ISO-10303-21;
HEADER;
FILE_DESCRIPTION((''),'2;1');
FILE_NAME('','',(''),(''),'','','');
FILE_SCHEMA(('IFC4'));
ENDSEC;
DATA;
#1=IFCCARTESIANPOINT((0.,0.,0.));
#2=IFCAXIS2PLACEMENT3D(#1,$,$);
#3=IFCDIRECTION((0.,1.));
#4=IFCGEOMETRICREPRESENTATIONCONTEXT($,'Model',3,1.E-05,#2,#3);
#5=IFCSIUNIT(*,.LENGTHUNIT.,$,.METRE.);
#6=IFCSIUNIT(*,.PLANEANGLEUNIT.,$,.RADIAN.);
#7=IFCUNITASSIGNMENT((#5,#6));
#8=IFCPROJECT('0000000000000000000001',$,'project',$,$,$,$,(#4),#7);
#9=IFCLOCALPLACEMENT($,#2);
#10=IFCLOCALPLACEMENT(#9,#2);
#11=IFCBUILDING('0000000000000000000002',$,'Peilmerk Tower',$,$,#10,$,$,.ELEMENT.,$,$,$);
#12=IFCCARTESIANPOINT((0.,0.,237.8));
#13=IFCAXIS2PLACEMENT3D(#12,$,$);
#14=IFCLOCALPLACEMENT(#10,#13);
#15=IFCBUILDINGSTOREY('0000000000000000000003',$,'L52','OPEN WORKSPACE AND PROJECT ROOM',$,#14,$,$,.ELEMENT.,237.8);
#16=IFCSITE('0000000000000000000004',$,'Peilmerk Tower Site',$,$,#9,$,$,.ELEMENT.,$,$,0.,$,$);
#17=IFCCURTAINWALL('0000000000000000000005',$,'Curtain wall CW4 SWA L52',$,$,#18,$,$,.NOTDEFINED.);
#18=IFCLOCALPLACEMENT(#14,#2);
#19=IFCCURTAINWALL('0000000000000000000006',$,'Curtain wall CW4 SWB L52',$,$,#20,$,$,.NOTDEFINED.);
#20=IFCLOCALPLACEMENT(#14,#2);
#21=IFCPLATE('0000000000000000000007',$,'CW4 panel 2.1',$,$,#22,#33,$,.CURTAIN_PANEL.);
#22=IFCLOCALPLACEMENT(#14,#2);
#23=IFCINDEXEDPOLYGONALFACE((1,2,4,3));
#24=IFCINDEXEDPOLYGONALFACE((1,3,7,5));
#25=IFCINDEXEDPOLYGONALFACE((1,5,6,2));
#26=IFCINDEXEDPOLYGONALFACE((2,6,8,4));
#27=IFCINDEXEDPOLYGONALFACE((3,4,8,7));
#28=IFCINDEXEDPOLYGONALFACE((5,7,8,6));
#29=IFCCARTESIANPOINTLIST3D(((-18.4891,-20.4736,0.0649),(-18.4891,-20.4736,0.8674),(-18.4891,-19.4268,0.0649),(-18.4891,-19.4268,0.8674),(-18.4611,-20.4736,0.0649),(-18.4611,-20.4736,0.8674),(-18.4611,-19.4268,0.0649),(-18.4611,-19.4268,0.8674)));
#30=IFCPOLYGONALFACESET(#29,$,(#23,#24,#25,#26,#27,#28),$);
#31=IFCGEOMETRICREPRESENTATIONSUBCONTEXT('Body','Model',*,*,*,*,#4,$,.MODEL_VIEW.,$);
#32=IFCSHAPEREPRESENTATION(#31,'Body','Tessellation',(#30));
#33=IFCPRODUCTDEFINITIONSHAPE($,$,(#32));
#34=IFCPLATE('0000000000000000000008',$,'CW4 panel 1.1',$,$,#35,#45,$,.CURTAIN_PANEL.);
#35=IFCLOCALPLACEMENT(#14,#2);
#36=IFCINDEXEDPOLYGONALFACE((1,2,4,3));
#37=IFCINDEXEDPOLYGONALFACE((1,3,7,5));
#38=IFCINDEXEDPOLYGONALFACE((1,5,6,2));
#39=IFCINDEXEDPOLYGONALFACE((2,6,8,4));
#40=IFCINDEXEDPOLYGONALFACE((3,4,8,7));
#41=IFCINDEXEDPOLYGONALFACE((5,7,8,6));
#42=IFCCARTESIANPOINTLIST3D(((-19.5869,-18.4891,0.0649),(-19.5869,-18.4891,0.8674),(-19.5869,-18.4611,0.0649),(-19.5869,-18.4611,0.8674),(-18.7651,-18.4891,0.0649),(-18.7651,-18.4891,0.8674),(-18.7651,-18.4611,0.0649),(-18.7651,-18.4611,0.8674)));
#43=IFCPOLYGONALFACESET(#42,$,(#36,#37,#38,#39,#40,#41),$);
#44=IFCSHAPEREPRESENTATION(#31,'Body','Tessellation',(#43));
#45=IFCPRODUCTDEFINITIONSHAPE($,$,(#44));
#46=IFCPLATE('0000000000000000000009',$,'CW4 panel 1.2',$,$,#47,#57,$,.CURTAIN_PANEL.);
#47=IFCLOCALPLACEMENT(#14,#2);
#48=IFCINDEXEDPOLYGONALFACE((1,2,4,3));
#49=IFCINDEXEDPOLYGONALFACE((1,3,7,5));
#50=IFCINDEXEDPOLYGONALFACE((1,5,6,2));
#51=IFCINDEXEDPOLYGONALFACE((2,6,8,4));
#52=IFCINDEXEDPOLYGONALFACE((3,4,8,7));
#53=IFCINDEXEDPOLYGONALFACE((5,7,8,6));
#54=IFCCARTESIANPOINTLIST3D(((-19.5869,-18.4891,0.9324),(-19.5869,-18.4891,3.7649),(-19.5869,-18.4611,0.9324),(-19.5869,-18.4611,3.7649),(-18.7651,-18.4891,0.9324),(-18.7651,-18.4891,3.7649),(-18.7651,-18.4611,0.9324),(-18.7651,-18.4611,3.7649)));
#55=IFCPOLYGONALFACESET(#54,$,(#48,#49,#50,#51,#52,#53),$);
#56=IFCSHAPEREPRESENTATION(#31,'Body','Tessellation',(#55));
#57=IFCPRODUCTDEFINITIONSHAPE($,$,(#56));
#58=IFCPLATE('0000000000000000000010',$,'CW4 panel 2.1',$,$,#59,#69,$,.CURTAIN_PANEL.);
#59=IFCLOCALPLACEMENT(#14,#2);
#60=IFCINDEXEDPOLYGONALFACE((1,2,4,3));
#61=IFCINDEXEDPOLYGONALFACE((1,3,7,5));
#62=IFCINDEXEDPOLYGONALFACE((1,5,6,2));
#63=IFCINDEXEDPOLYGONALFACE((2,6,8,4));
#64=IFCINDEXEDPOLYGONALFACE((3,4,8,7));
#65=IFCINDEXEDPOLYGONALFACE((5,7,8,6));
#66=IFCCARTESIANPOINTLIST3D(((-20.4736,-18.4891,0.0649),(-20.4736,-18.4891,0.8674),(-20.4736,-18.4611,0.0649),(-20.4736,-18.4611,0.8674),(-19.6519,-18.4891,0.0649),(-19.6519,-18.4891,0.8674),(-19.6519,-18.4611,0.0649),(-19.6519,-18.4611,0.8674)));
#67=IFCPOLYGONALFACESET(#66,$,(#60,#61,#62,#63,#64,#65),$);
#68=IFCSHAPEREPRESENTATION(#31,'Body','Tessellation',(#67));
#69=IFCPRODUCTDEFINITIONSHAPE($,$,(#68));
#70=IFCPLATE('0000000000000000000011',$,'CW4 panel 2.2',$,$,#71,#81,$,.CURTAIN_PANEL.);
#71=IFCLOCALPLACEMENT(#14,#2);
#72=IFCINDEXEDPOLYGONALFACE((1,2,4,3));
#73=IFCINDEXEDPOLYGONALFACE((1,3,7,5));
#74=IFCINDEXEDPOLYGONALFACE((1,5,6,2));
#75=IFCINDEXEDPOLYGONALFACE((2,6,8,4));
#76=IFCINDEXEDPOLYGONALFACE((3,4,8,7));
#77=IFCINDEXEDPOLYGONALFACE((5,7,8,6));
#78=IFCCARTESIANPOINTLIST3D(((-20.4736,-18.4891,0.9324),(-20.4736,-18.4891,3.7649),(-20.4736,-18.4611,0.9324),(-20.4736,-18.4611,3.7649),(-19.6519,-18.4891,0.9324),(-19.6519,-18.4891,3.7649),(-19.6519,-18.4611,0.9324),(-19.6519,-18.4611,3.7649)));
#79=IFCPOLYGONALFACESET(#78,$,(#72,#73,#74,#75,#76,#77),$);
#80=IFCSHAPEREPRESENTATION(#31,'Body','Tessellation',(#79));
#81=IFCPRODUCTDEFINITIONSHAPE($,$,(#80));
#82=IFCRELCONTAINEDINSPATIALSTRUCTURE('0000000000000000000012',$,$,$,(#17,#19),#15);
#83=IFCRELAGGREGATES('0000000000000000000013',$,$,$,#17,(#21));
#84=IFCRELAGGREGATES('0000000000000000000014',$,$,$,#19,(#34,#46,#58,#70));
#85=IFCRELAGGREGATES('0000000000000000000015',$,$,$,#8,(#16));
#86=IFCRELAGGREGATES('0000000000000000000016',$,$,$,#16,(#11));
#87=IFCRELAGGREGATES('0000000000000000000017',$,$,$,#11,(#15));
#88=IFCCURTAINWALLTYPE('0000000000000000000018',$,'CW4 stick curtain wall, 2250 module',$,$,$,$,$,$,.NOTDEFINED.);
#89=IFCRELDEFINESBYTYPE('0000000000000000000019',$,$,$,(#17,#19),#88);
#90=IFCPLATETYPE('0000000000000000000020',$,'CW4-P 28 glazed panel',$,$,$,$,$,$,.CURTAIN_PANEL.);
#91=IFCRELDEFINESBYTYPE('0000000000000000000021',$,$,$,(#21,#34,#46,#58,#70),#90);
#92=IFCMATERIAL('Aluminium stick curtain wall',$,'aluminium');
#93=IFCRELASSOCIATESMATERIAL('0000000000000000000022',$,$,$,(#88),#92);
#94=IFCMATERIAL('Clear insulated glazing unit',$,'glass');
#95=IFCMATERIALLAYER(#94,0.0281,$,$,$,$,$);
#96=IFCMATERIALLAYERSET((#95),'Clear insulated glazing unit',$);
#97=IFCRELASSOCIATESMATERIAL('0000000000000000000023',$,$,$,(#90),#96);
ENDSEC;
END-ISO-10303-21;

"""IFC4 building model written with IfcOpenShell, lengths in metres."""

from ifc_helpers import new_model, si_unit, direction, frame, origin, origin_2d, place, context, subcontext, project, spatial, rectangle, extrude, material, layer, layer_set, type_object, element, aggregate, save


model = new_model("IFC4")

# Units and contexts
model_context = context("Model", 3, precision=1e-05, world=origin(), true_north=direction((0.0, 1.0)))
body_context = subcontext(model_context, "Body", "Model", "MODEL_VIEW")
ifc_project = project(units=[si_unit("LENGTHUNIT", "METRE"), si_unit("PLANEANGLEUNIT", "RADIAN")], contexts=[model_context])

# Site, building, storey
site_placement = place(None, origin())
site = spatial("IfcSite", under=ifc_project, at=site_placement, Name="Peilmerk Tower Site", CompositionType="ELEMENT", RefElevation=0.0)
building_placement = place(site_placement, origin())
building = spatial("IfcBuilding", under=site, at=building_placement, Name="Peilmerk Tower", CompositionType="ELEMENT")
storey_placement = place(building_placement, frame((0.0, 0.0, 237.8)))
storey = spatial("IfcBuildingStorey", under=building, at=storey_placement, Name="L52", Description="OPEN WORKSPACE AND PROJECT ROOM", CompositionType="ELEMENT", Elevation=237.8)

# Curtain wall
ifc_material_1 = material(Name="Aluminium stick curtain wall", Category="aluminium")
curtain_wall_type = type_object("IfcCurtainWallType", Name="CW4 stick curtain wall, 2250 module", PredefinedType="NOTDEFINED", material=ifc_material_1)
curtain_wall_1_placement = place(storey_placement, origin())
curtain_wall_1 = element("IfcCurtainWall", 1, at=curtain_wall_1_placement, inside=storey, type_object=curtain_wall_type, Name="Curtain wall CW4 SWA L52", PredefinedType="NOTDEFINED")

# Curtain wall
curtain_wall_2_placement = place(storey_placement, origin())
curtain_wall_2 = element("IfcCurtainWall", 2, at=curtain_wall_2_placement, inside=storey, type_object=curtain_wall_type, Name="Curtain wall CW4 SWB L52", PredefinedType="NOTDEFINED")

# Plates
ifc_material_2 = material(Name="Clear insulated glazing unit", Category="glass")
ifc_layer_1 = layer(ifc_material_2, 0.0281)
ifc_layer_set_1 = layer_set([ifc_layer_1], Name="Clear insulated glazing unit")
plate_type = type_object("IfcPlateType", Name="CW4-P 28 glazed panel", PredefinedType="CURTAIN_PANEL", material=ifc_layer_set_1)
plate_1_placement = place(storey_placement, frame((-18.4751, -19.9502, 0.0649), z_axis=(0.0, 0.0, 1.0), x_axis=(0.0, -1.0, 0.0)))
plate_1 = element("IfcPlate", 3, at=plate_1_placement, type_object=plate_type, Name="CW4 panel 2.1", PredefinedType="CURTAIN_PANEL", context=body_context, shape_type="SweptSolid", body=[
    extrude(rectangle(XDim=1.0469, YDim=0.0281, at=origin_2d()), origin(), (0.0, 0.0, 1.0), 0.8025),
])
aggregate(curtain_wall_1, [plate_1])
plate_2_placement = place(storey_placement, frame((-19.176, -18.4751, 0.0649), z_axis=(0.0, 0.0, 1.0), x_axis=(-1.0, 0.0, 0.0)))
plate_2 = element("IfcPlate", 4, at=plate_2_placement, type_object=plate_type, Name="CW4 panel 1.1", PredefinedType="CURTAIN_PANEL", context=body_context, shape_type="SweptSolid", body=[
    extrude(rectangle(XDim=0.8218, YDim=0.0281, at=origin_2d()), origin(), (0.0, 0.0, 1.0), 0.8025),
])
plate_3_placement = place(storey_placement, frame((-19.176, -18.4751, 0.9324), z_axis=(0.0, 0.0, 1.0), x_axis=(-1.0, 0.0, 0.0)))
plate_3 = element("IfcPlate", 5, at=plate_3_placement, type_object=plate_type, Name="CW4 panel 1.2", PredefinedType="CURTAIN_PANEL", context=body_context, shape_type="SweptSolid", body=[
    extrude(rectangle(XDim=0.8218, YDim=0.0281, at=origin_2d()), origin(), (0.0, 0.0, 1.0), 2.8325),
])
plate_4_placement = place(storey_placement, frame((-20.0627, -18.4751, 0.0649), z_axis=(0.0, 0.0, 1.0), x_axis=(-1.0, 0.0, 0.0)))
plate_4 = element("IfcPlate", 6, at=plate_4_placement, type_object=plate_type, Name="CW4 panel 2.1", PredefinedType="CURTAIN_PANEL", context=body_context, shape_type="SweptSolid", body=[
    extrude(rectangle(XDim=0.8218, YDim=0.0281, at=origin_2d()), origin(), (0.0, 0.0, 1.0), 0.8025),
])
plate_5_placement = place(storey_placement, frame((-20.0627, -18.4751, 0.9324), z_axis=(0.0, 0.0, 1.0), x_axis=(-1.0, 0.0, 0.0)))
plate_5 = element("IfcPlate", 7, at=plate_5_placement, type_object=plate_type, Name="CW4 panel 2.2", PredefinedType="CURTAIN_PANEL", context=body_context, shape_type="SweptSolid", body=[
    extrude(rectangle(XDim=0.8218, YDim=0.0281, at=origin_2d()), origin(), (0.0, 0.0, 1.0), 2.8325),
])
aggregate(curtain_wall_2, [plate_2, plate_3, plate_4, plate_5])

save(model, "model.ifc")
